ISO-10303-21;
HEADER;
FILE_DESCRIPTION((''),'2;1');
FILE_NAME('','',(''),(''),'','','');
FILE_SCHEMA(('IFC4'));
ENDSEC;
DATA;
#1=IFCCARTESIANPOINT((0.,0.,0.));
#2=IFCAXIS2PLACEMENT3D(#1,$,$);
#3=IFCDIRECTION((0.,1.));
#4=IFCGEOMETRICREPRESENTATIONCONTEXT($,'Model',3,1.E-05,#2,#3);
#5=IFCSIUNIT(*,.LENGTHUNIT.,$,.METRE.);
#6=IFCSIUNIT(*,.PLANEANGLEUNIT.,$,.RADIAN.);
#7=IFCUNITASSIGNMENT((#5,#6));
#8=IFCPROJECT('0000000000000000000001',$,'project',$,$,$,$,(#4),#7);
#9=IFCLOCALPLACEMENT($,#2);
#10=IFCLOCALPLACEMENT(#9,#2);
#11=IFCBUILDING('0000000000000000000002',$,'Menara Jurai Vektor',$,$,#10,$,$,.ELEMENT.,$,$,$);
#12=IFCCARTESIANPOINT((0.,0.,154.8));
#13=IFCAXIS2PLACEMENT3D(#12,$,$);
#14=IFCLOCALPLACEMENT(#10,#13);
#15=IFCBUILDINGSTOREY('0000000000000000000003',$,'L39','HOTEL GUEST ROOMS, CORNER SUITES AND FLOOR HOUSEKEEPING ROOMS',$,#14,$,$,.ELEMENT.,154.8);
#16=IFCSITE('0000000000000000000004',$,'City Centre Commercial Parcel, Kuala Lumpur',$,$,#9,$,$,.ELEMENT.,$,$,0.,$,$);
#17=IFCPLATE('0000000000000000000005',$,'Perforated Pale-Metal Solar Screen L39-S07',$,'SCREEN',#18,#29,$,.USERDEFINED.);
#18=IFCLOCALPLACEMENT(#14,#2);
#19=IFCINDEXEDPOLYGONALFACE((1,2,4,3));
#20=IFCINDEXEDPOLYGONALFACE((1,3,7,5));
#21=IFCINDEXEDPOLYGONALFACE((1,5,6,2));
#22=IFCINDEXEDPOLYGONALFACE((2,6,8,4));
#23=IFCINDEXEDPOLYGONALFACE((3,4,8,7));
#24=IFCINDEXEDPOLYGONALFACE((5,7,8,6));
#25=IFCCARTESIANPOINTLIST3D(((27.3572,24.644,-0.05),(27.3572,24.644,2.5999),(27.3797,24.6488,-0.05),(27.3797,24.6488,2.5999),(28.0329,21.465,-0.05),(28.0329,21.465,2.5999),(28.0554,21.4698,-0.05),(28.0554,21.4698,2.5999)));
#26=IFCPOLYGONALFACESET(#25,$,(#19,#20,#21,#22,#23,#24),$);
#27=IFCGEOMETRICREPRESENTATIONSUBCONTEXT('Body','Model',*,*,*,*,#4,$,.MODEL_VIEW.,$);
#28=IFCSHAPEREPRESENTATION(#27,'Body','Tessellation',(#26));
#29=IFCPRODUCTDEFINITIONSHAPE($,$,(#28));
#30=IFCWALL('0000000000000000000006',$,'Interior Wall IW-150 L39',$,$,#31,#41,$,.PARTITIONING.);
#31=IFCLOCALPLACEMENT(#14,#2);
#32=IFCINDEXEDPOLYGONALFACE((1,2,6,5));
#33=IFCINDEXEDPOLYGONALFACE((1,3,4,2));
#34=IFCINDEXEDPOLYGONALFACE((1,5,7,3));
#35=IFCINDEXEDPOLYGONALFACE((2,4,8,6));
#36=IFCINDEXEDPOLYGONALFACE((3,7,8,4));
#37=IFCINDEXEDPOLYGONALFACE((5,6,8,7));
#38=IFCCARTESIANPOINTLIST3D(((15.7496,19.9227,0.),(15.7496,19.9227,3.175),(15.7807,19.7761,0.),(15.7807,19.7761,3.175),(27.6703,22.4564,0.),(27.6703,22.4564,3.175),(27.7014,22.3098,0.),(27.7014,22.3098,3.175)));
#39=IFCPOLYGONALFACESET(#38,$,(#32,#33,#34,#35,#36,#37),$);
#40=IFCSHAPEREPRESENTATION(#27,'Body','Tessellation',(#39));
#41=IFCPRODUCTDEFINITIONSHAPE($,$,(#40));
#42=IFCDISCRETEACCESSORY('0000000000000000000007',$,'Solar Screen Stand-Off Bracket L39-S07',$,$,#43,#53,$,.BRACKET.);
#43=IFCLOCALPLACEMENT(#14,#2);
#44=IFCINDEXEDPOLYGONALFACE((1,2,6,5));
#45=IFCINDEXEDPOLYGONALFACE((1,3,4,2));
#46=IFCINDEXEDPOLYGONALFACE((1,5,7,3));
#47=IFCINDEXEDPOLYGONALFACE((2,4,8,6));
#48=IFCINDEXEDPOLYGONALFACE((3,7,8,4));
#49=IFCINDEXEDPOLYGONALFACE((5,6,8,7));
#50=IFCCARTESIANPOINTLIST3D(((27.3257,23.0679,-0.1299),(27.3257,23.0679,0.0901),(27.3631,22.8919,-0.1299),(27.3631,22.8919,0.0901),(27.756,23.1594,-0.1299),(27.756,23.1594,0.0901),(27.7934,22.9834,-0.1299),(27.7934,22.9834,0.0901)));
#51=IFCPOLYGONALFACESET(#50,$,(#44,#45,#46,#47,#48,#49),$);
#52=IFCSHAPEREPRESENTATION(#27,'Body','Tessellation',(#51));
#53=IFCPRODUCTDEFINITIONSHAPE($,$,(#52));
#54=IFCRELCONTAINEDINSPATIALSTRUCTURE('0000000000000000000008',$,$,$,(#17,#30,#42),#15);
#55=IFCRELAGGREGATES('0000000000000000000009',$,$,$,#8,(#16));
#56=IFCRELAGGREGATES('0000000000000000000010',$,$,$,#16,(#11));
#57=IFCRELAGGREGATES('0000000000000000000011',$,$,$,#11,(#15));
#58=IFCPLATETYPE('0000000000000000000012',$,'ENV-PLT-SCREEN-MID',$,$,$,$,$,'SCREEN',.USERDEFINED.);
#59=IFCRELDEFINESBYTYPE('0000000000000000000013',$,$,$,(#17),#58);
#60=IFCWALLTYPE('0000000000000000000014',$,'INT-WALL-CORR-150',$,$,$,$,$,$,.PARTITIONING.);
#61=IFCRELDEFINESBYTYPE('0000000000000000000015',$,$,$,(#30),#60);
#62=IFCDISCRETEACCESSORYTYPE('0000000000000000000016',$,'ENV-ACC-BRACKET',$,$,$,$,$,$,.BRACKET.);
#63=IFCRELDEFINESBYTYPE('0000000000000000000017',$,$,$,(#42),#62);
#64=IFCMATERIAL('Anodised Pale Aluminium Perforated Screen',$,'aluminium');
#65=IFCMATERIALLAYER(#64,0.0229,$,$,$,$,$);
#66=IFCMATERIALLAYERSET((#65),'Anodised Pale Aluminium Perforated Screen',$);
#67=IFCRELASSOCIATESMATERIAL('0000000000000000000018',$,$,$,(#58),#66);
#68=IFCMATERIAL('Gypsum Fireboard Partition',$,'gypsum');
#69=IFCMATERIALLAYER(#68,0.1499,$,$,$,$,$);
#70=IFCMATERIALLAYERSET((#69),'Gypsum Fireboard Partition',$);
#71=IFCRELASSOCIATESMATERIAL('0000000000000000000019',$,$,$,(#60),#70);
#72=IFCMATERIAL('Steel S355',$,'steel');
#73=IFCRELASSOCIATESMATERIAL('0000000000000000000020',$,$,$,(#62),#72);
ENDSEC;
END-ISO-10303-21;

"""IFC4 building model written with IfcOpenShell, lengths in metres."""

from ifc_helpers import new_model, si_unit, direction, frame, frame_2d, origin, origin_2d, place, context, subcontext, project, spatial, rectangle, extrude, material, layer, layer_set, type_object, element, save


model = new_model("IFC4")

# Units and contexts
model_context = context("Model", 3, precision=1e-05, world=origin(), true_north=direction((0.0, 1.0)))
body_context = subcontext(model_context, "Body", "Model", "MODEL_VIEW")
ifc_project = project(units=[si_unit("LENGTHUNIT", "METRE"), si_unit("PLANEANGLEUNIT", "RADIAN")], contexts=[model_context])

# Site, building, storey
site_placement = place(None, origin())
site = spatial("IfcSite", under=ifc_project, at=site_placement, Name="City Centre Commercial Parcel, Kuala Lumpur", CompositionType="ELEMENT", RefElevation=0.0)
building_placement = place(site_placement, origin())
building = spatial("IfcBuilding", under=site, at=building_placement, Name="Menara Jurai Vektor", CompositionType="ELEMENT")
storey_placement = place(building_placement, frame((0.0, 0.0, 154.8)))
storey = spatial("IfcBuildingStorey", under=building, at=storey_placement, Name="L39", Description="HOTEL GUEST ROOMS, CORNER SUITES AND FLOOR HOUSEKEEPING ROOMS", CompositionType="ELEMENT", Elevation=154.8)

# Shared definitions
ifc_material_1 = material(Name="Steel S355", Category="steel")

# Plate
ifc_material_2 = material(Name="Anodised Pale Aluminium Perforated Screen", Category="aluminium")
ifc_layer_1 = layer(ifc_material_2, 0.0229)
ifc_layer_set_1 = layer_set([ifc_layer_1], Name="Anodised Pale Aluminium Perforated Screen")
plate_type_1 = type_object("IfcPlateType", Name="ENV-PLT-SCREEN-MID", ElementType="SCREEN", PredefinedType="USERDEFINED", material=ifc_layer_set_1)
plate_1_placement = place(storey_placement, frame((27.7063, 23.0569, -0.05), z_axis=(0.0, 0.0, 1.0), x_axis=(-0.207912, 0.978148, 0.0)))
element("IfcPlate", 1, at=plate_1_placement, inside=storey, type_object=plate_type_1, Name="Perforated Pale-Metal Solar Screen L39-S07", ObjectType="SCREEN", PredefinedType="USERDEFINED", context=body_context, shape_type="SweptSolid", body=[
    extrude(rectangle(XDim=3.25, YDim=0.0229, at=origin_2d()), origin(), (0.0, 0.0, 1.0), 2.6499),
])

# Wall
ifc_material_3 = material(Name="Gypsum Fireboard Partition", Category="gypsum")
ifc_layer_2 = layer(ifc_material_3, 0.1499)
ifc_layer_set_2 = layer_set([ifc_layer_2], Name="Gypsum Fireboard Partition")
wall_type = type_object("IfcWallType", Name="INT-WALL-CORR-150", PredefinedType="PARTITIONING", material=ifc_layer_set_2)
wall_1_placement = place(storey_placement, frame((15.7651, 19.8494, 0.0), z_axis=(0.0, 0.0, 1.0), x_axis=(0.97815, 0.207902, 0.0)))
element("IfcWall", 2, at=wall_1_placement, inside=storey, type_object=wall_type, Name="Interior Wall IW-150 L39", PredefinedType="PARTITIONING", context=body_context, shape_type="SweptSolid", body=[
    extrude(rectangle(XDim=12.187, YDim=0.1499, at=frame_2d((6.0935, 0.0))), origin(), (0.0, 0.0, 1.0), 3.175),
])

# Discrete accessory
discrete_accessory_type = type_object("IfcDiscreteAccessoryType", Name="ENV-ACC-BRACKET", PredefinedType="BRACKET", material=ifc_material_1)
discrete_accessory_placement = place(storey_placement, frame((27.5596, 23.0256, -0.1299), z_axis=(0.0, 0.0, 1.0), x_axis=(-0.207912, 0.978148, 0.0)))
element("IfcDiscreteAccessory", 3, at=discrete_accessory_placement, inside=storey, type_object=discrete_accessory_type, Name="Solar Screen Stand-Off Bracket L39-S07", PredefinedType="BRACKET", context=body_context, shape_type="SweptSolid", body=[
    extrude(rectangle(XDim=0.1799, YDim=0.4399, at=origin_2d()), origin(), (0.0, 0.0, 1.0), 0.22),
])

save(model, "model.ifc")
